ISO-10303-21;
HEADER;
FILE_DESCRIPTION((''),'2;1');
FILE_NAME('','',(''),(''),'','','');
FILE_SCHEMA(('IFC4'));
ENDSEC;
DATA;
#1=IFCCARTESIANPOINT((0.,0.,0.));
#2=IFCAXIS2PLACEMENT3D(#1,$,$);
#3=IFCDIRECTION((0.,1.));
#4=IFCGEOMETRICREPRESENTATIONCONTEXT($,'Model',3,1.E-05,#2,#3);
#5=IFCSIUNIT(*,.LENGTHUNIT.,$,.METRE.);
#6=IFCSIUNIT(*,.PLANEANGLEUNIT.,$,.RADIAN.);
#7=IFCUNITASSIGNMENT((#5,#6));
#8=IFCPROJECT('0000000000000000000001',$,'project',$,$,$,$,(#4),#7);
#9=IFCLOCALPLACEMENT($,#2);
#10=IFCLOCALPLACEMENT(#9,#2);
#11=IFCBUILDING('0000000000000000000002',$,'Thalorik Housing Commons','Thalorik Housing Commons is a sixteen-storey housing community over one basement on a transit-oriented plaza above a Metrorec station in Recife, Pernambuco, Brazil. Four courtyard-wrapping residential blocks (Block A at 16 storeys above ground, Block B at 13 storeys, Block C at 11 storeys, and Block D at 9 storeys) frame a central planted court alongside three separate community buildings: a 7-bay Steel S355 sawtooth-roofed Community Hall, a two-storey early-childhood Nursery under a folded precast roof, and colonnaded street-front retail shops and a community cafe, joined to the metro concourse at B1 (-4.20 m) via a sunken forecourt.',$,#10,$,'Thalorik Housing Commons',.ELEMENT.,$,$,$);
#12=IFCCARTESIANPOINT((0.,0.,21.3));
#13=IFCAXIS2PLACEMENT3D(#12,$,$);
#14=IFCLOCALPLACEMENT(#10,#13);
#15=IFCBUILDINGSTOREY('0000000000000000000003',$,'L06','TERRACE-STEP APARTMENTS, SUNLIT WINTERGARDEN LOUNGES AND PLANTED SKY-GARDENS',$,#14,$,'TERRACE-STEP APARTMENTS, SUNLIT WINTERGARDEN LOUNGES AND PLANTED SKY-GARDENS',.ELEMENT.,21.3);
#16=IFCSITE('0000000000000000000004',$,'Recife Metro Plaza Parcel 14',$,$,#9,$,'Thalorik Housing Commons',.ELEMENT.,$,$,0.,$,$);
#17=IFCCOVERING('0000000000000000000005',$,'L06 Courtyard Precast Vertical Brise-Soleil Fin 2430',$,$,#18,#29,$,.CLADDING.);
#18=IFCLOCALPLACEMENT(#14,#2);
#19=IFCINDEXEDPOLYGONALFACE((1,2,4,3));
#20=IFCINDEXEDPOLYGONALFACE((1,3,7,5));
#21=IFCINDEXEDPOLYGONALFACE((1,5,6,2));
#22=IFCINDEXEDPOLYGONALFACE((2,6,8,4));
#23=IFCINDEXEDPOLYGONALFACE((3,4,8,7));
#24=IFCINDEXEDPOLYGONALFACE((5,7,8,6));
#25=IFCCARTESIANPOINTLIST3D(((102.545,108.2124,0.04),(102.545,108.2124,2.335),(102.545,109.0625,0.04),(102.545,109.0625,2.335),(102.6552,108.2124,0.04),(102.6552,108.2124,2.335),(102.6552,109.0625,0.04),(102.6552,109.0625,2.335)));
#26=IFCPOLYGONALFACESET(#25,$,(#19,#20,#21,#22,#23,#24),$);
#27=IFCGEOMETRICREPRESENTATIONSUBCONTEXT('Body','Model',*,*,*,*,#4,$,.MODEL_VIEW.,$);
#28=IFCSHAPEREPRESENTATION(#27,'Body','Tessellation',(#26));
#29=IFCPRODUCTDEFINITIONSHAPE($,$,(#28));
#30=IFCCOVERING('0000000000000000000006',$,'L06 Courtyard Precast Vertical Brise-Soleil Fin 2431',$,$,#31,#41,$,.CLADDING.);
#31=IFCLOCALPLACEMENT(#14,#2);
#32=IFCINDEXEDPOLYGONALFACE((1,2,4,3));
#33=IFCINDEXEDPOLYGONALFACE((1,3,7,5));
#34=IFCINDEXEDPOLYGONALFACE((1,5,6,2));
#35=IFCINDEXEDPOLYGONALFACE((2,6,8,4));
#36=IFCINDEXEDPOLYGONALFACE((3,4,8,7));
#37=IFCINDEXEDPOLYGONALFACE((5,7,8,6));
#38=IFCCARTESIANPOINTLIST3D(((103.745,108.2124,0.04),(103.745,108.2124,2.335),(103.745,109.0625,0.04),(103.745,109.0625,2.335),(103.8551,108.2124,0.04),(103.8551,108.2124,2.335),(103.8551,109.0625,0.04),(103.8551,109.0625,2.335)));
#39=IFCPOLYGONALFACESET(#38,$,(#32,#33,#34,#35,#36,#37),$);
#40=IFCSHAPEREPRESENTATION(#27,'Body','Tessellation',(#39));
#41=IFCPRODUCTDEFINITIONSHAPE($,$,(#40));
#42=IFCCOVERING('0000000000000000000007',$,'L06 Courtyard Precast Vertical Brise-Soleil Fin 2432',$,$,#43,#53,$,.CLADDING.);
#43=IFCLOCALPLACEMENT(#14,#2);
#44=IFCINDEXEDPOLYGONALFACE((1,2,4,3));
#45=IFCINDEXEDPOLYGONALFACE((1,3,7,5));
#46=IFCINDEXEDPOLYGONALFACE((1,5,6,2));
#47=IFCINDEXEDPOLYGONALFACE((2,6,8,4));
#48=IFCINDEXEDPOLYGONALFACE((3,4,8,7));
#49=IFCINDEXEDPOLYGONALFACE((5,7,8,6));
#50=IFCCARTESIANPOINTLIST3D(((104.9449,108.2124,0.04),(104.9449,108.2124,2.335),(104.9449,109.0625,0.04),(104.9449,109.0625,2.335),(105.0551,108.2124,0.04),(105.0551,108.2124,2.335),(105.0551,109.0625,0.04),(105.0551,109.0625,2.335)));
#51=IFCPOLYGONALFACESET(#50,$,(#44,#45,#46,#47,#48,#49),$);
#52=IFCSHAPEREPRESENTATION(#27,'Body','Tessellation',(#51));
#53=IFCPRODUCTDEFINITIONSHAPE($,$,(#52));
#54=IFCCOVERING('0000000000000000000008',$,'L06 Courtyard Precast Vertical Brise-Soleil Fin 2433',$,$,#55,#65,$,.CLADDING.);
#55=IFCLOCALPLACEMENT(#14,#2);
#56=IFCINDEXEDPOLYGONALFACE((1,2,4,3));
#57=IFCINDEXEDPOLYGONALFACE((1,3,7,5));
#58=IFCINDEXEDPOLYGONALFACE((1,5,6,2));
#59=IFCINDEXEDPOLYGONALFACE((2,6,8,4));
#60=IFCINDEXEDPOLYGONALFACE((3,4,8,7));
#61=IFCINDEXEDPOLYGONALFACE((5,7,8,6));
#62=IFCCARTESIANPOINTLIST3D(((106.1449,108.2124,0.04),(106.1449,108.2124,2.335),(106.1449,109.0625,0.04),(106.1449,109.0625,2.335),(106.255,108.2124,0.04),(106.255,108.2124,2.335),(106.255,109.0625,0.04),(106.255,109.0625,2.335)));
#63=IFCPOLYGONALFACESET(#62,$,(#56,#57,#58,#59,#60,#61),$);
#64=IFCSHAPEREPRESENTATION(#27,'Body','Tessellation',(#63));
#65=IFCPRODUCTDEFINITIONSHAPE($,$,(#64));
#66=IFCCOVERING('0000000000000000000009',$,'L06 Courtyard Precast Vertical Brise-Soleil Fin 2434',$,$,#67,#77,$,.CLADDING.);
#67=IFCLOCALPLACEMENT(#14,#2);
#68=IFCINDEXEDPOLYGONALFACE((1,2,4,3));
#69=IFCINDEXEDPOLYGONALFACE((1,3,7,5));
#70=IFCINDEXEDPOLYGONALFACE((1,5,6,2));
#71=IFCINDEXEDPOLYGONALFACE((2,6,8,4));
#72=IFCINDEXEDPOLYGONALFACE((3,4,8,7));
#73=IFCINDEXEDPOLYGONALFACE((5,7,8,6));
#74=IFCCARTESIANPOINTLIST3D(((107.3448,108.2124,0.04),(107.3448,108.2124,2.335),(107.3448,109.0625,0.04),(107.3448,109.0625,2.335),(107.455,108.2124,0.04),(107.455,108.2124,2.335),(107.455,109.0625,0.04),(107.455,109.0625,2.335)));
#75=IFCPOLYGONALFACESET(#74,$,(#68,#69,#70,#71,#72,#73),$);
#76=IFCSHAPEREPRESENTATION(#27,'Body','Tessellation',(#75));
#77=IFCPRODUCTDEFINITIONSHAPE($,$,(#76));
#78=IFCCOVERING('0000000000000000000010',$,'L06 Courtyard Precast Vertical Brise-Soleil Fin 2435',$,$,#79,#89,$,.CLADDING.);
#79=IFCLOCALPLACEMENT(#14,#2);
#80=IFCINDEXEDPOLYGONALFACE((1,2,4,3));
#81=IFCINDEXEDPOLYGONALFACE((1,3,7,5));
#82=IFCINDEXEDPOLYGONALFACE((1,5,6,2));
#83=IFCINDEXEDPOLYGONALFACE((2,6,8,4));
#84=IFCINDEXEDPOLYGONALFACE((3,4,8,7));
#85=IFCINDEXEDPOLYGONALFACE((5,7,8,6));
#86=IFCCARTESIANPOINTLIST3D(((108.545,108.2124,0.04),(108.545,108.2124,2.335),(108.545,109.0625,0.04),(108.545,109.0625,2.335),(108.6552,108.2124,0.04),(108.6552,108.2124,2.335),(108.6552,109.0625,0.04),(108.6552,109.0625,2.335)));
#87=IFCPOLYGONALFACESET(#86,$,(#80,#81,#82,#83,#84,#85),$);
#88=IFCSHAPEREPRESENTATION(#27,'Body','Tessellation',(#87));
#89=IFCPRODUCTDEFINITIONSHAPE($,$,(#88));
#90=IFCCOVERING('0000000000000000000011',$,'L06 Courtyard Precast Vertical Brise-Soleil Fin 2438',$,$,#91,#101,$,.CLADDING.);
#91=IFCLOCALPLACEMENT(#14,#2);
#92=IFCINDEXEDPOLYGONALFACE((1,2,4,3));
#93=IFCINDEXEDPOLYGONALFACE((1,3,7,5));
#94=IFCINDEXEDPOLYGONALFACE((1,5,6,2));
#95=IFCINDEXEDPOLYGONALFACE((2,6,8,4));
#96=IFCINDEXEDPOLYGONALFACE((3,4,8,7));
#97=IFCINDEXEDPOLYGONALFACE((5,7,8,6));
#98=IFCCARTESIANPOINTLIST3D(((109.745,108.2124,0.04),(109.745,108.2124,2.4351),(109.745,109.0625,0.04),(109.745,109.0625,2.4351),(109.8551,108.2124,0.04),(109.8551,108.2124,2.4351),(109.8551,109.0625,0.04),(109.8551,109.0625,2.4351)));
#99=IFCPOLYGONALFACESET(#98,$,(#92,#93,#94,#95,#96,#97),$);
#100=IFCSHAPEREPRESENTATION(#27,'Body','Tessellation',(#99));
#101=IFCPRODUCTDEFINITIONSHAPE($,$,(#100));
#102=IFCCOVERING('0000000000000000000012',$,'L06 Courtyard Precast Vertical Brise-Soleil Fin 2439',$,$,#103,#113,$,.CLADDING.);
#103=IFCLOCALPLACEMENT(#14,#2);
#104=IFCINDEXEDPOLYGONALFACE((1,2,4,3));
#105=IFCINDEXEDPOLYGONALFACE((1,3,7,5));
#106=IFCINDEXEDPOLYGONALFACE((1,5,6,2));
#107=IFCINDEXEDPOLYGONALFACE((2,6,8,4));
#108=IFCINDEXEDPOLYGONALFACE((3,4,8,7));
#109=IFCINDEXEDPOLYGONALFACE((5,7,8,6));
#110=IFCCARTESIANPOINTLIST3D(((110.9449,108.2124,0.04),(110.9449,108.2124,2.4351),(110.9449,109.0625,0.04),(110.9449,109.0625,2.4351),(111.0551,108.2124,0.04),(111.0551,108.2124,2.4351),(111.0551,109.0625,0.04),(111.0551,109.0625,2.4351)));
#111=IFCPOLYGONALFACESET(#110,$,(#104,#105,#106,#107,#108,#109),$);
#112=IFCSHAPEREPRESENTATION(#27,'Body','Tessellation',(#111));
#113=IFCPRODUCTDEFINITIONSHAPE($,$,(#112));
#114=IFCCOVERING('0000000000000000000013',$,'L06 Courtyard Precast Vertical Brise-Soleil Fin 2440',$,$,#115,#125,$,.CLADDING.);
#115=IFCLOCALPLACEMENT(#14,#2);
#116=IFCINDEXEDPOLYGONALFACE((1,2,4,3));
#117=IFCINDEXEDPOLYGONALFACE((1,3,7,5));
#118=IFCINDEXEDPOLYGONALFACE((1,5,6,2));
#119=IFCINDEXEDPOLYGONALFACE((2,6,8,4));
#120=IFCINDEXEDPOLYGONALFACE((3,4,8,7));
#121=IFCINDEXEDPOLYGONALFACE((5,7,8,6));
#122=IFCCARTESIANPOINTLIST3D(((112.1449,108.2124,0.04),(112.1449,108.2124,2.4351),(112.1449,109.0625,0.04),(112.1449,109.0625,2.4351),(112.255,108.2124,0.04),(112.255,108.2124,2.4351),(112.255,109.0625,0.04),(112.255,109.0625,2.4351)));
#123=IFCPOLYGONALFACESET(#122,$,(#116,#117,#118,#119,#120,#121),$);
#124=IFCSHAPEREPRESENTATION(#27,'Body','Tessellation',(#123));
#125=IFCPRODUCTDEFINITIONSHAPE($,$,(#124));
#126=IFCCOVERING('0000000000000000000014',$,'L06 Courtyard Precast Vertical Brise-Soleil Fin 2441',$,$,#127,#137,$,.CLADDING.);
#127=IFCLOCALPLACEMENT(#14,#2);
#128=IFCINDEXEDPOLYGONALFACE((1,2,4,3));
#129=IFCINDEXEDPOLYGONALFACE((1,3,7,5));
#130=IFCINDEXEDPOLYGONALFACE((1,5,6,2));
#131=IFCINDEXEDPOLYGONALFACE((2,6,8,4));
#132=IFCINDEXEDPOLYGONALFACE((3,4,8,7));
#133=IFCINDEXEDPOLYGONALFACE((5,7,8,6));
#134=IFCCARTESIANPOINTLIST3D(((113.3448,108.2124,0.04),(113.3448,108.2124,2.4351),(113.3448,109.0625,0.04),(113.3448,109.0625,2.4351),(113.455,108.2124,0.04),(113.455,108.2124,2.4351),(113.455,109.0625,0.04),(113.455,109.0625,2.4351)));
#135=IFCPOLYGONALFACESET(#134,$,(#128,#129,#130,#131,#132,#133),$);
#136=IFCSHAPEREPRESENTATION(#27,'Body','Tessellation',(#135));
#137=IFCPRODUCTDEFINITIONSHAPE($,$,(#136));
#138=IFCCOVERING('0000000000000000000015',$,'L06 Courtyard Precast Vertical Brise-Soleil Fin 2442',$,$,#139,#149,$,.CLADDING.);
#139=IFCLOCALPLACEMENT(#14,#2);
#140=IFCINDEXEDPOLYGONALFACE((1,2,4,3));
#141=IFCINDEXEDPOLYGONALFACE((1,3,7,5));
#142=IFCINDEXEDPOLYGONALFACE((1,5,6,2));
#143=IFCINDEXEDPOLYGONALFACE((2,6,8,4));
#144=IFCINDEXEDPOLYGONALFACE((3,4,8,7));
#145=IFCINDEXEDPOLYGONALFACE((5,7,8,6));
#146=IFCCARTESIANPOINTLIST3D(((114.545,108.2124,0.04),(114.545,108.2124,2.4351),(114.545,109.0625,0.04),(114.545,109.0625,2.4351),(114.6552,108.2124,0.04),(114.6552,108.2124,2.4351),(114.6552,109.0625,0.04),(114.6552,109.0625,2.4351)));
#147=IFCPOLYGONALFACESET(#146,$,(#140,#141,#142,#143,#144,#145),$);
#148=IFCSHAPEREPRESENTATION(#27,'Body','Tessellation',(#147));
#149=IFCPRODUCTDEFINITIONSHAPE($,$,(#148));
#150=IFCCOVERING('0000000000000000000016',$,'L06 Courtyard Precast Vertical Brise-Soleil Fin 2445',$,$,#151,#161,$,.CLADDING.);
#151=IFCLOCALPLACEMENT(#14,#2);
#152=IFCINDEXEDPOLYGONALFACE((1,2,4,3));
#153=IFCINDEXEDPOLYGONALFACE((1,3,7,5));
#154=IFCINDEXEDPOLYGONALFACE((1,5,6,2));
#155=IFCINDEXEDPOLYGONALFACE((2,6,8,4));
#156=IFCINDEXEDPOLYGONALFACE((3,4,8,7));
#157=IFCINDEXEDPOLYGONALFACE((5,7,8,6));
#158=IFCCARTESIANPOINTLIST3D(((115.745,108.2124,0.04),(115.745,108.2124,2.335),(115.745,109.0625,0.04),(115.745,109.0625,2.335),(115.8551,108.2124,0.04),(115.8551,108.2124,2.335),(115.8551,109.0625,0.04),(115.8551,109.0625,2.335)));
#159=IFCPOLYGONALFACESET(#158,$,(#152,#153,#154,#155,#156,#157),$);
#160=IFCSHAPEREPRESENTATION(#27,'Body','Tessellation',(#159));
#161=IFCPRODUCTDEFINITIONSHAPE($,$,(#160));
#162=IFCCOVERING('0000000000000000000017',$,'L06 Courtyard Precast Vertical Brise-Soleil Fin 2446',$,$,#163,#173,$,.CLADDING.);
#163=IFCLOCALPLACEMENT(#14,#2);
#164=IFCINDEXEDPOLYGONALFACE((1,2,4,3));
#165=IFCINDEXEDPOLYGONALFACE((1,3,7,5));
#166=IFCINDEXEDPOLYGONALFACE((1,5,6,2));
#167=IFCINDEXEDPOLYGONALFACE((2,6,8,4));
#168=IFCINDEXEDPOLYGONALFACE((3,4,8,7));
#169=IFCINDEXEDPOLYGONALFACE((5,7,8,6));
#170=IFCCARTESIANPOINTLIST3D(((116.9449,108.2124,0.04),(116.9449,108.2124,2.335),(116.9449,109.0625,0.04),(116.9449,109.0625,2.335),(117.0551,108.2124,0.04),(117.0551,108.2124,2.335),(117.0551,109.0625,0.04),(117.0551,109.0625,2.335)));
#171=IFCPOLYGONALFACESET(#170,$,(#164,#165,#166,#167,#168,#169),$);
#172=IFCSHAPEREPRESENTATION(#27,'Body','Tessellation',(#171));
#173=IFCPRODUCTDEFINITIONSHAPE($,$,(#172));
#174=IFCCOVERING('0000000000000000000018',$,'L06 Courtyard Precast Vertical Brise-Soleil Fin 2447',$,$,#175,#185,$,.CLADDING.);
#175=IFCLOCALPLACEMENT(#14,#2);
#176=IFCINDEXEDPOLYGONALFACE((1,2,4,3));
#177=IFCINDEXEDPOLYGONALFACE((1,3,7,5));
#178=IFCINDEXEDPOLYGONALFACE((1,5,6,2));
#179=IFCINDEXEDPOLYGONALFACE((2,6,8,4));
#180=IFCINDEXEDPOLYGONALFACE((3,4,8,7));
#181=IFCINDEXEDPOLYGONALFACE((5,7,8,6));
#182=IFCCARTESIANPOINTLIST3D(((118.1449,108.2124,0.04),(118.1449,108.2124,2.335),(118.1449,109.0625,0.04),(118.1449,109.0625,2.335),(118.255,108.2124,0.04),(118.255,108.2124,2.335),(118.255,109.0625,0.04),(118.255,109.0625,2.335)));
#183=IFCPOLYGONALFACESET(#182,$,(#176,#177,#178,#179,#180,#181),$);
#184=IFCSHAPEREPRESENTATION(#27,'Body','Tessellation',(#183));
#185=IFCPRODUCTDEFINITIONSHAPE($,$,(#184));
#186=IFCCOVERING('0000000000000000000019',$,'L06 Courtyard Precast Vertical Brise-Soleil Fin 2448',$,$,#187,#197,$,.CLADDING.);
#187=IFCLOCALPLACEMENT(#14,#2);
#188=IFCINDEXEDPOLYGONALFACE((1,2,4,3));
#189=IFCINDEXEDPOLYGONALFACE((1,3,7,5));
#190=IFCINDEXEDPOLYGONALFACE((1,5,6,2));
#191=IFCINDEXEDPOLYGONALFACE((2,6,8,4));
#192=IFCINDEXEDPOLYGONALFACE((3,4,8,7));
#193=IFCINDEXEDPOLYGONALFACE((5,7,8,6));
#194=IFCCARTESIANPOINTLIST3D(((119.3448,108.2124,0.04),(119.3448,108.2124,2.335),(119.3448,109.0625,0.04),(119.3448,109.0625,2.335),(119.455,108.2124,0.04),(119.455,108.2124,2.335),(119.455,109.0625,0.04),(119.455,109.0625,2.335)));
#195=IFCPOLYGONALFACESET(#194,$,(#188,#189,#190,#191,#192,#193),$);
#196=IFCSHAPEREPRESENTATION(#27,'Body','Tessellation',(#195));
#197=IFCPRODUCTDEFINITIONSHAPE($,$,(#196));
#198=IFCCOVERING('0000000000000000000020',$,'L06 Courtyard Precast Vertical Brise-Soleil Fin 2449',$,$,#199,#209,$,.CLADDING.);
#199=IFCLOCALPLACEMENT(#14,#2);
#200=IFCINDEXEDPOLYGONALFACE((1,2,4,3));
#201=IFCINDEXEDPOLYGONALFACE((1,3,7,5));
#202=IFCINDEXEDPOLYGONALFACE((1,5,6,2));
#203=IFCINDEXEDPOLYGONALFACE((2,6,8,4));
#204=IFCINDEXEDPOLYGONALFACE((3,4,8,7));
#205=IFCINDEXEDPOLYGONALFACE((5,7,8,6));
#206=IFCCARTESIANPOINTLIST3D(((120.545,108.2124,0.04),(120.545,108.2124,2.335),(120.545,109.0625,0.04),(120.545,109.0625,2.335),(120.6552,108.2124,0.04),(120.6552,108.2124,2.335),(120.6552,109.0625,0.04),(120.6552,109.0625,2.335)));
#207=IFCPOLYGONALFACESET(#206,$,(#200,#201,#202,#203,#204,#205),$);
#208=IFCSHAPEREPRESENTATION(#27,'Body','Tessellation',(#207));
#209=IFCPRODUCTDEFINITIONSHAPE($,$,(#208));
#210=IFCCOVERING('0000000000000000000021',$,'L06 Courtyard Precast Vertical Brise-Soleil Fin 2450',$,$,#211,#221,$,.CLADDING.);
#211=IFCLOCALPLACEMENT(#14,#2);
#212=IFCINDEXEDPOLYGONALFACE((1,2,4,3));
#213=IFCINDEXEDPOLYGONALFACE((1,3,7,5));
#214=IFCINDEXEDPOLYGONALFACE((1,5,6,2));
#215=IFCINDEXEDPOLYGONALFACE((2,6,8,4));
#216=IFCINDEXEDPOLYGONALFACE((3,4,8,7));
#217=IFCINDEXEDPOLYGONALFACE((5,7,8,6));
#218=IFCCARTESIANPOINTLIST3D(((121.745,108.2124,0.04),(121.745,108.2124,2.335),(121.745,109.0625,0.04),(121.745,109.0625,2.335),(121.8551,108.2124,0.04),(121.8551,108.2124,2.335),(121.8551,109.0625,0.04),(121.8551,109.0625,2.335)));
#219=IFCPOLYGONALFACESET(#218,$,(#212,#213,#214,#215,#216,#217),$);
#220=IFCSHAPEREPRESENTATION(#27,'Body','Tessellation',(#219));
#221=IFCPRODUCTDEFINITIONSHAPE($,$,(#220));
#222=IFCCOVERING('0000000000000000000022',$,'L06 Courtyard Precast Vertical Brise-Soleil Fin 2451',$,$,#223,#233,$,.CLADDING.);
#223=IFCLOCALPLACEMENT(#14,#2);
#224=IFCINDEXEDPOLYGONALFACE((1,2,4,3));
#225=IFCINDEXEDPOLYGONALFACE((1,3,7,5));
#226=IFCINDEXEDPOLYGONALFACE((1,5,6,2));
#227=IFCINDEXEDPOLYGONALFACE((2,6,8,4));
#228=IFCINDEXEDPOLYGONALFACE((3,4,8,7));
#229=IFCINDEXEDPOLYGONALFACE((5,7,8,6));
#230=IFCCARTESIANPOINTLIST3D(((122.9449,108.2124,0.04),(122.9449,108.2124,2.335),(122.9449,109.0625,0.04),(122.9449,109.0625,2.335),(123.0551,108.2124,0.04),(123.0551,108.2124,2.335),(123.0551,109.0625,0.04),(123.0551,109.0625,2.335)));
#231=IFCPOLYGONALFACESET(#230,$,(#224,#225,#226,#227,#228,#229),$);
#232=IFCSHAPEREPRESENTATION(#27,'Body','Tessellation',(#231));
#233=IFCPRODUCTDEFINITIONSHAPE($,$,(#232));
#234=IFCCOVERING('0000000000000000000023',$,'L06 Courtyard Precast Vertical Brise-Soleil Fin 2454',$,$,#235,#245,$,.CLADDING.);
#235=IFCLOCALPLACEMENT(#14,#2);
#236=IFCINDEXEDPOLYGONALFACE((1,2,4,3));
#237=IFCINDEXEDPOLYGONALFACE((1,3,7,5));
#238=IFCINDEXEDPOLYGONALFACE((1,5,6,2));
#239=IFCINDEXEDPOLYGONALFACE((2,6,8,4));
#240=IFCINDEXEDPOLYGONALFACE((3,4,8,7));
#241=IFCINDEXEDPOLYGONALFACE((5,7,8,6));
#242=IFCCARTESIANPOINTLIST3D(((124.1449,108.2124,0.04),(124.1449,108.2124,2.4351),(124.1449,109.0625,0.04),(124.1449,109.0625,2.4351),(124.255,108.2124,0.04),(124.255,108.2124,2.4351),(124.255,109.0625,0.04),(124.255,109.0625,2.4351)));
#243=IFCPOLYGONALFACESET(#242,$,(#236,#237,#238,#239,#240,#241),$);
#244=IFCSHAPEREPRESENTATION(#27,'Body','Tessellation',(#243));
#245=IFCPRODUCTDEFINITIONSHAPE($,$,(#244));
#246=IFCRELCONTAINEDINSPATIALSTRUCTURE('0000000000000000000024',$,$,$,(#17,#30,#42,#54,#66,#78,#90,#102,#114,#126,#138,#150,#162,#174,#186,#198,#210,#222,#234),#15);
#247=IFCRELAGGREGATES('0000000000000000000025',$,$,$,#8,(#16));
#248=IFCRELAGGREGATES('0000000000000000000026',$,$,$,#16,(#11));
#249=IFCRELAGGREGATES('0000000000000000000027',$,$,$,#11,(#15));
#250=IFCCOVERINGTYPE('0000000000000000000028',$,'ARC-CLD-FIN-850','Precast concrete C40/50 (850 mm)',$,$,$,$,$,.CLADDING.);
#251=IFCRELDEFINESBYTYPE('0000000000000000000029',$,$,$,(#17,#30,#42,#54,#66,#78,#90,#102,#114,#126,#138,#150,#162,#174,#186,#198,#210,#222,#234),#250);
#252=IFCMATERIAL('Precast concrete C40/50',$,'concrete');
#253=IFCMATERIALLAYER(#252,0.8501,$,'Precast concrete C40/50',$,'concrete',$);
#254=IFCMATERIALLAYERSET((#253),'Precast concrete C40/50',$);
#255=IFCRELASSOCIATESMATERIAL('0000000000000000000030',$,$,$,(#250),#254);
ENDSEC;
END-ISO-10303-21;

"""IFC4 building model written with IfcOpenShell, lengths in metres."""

from ifc_helpers import new_model, si_unit, direction, frame, origin, origin_2d, place, context, subcontext, project, spatial, rectangle, extrude, material, layer, layer_set, type_object, element, save


model = new_model("IFC4")

# Units and contexts
model_context = context("Model", 3, precision=1e-05, world=origin(), true_north=direction((0.0, 1.0)))
body_context = subcontext(model_context, "Body", "Model", "MODEL_VIEW")
ifc_project = project(units=[si_unit("LENGTHUNIT", "METRE"), si_unit("PLANEANGLEUNIT", "RADIAN")], contexts=[model_context])

# Site, building, storey
site_placement = place(None, origin())
site = spatial("IfcSite", under=ifc_project, at=site_placement, Name="Recife Metro Plaza Parcel 14", LongName="Thalorik Housing Commons", CompositionType="ELEMENT", RefElevation=0.0)
building_placement = place(site_placement, origin())
building = spatial("IfcBuilding", under=site, at=building_placement, Name="Thalorik Housing Commons", Description="Thalorik Housing Commons is a sixteen-storey housing community over one basement on a transit-oriented plaza above a Metrorec station in Recife, Pernambuco, Brazil. Four courtyard-wrapping residential blocks (Block A at 16 storeys above ground, Block B at 13 storeys, Block C at 11 storeys, and Block D at 9 storeys) frame a central planted court alongside three separate community buildings: a 7-bay Steel S355 sawtooth-roofed Community Hall, a two-storey early-childhood Nursery under a folded precast roof, and colonnaded street-front retail shops and a community cafe, joined to the metro concourse at B1 (-4.20 m) via a sunken forecourt.", LongName="Thalorik Housing Commons", CompositionType="ELEMENT")
storey_placement = place(building_placement, frame((0.0, 0.0, 21.3)))
storey = spatial("IfcBuildingStorey", under=building, at=storey_placement, Name="L06", Description="TERRACE-STEP APARTMENTS, SUNLIT WINTERGARDEN LOUNGES AND PLANTED SKY-GARDENS", LongName="TERRACE-STEP APARTMENTS, SUNLIT WINTERGARDEN LOUNGES AND PLANTED SKY-GARDENS", CompositionType="ELEMENT", Elevation=21.3)

# Coverings
ifc_material = material(Name="Precast concrete C40/50", Category="concrete")
ifc_layer_1 = layer(ifc_material, 0.8501, Name="Precast concrete C40/50", Category="concrete")
ifc_layer_set_1 = layer_set([ifc_layer_1], Name="Precast concrete C40/50")
covering_type_1 = type_object("IfcCoveringType", Name="ARC-CLD-FIN-850", Description="Precast concrete C40/50 (850 mm)", PredefinedType="CLADDING", material=ifc_layer_set_1)
for number, where, z_axis, x_axis, name in (
    (1, (102.6001, 108.6375, 0.04), (0.0, 0.0, 1.0), (1.0, 0.0, 0.0), "L06 Courtyard Precast Vertical Brise-Soleil Fin 2430"),
    (2, (103.8, 108.6375, 0.04), (0.0, 0.0, 1.0), (1.0, 0.0, 0.0), "L06 Courtyard Precast Vertical Brise-Soleil Fin 2431"),
    (3, (105.0, 108.6375, 0.04), (0.0, 0.0, 1.0), (1.0, 0.0, 0.0), "L06 Courtyard Precast Vertical Brise-Soleil Fin 2432"),
    (4, (106.2, 108.6375, 0.04), (0.0, 0.0, 1.0), (1.0, 0.0, 0.0), "L06 Courtyard Precast Vertical Brise-Soleil Fin 2433"),
    (5, (107.3999, 108.6375, 0.04), (0.0, 0.0, 1.0), (1.0, 0.0, 0.0), "L06 Courtyard Precast Vertical Brise-Soleil Fin 2434"),
    (6, (108.6001, 108.6375, 0.04), (0.0, 0.0, 1.0), (1.0, 0.0, 0.0), "L06 Courtyard Precast Vertical Brise-Soleil Fin 2435"),
):
    element("IfcCovering", number, at=place(storey_placement, frame(where, z_axis=z_axis, x_axis=x_axis)), inside=storey, type_object=covering_type_1, Name=name, PredefinedType="CLADDING", context=body_context, shape_type="SweptSolid", body=[
        extrude(rectangle(XDim=0.1101, YDim=0.8501, at=origin_2d()), origin(), (0.0, 0.0, 1.0), 2.2949),
    ])
for number, where, z_axis, x_axis, name in (
    (7, (109.8, 108.6375, 0.04), (0.0, 0.0, 1.0), (1.0, 0.0, 0.0), "L06 Courtyard Precast Vertical Brise-Soleil Fin 2438"),
    (8, (111.0, 108.6375, 0.04), (0.0, 0.0, 1.0), (1.0, 0.0, 0.0), "L06 Courtyard Precast Vertical Brise-Soleil Fin 2439"),
    (9, (112.2, 108.6375, 0.04), (0.0, 0.0, 1.0), (1.0, 0.0, 0.0), "L06 Courtyard Precast Vertical Brise-Soleil Fin 2440"),
    (10, (113.3999, 108.6375, 0.04), (0.0, 0.0, 1.0), (1.0, 0.0, 0.0), "L06 Courtyard Precast Vertical Brise-Soleil Fin 2441"),
    (11, (114.6001, 108.6375, 0.04), (0.0, 0.0, 1.0), (1.0, 0.0, 0.0), "L06 Courtyard Precast Vertical Brise-Soleil Fin 2442"),
):
    element("IfcCovering", number, at=place(storey_placement, frame(where, z_axis=z_axis, x_axis=x_axis)), inside=storey, type_object=covering_type_1, Name=name, PredefinedType="CLADDING", context=body_context, shape_type="SweptSolid", body=[
        extrude(rectangle(XDim=0.1101, YDim=0.8501, at=origin_2d()), origin(), (0.0, 0.0, 1.0), 2.395),
    ])
for number, where, z_axis, x_axis, name in (
    (12, (115.8, 108.6375, 0.04), (0.0, 0.0, 1.0), (1.0, 0.0, 0.0), "L06 Courtyard Precast Vertical Brise-Soleil Fin 2445"),
    (13, (117.0, 108.6375, 0.04), (0.0, 0.0, 1.0), (1.0, 0.0, 0.0), "L06 Courtyard Precast Vertical Brise-Soleil Fin 2446"),
    (14, (118.2, 108.6375, 0.04), (0.0, 0.0, 1.0), (1.0, 0.0, 0.0), "L06 Courtyard Precast Vertical Brise-Soleil Fin 2447"),
    (15, (119.3999, 108.6375, 0.04), (0.0, 0.0, 1.0), (1.0, 0.0, 0.0), "L06 Courtyard Precast Vertical Brise-Soleil Fin 2448"),
    (16, (120.6001, 108.6375, 0.04), (0.0, 0.0, 1.0), (1.0, 0.0, 0.0), "L06 Courtyard Precast Vertical Brise-Soleil Fin 2449"),
    (17, (121.8, 108.6375, 0.04), (0.0, 0.0, 1.0), (1.0, 0.0, 0.0), "L06 Courtyard Precast Vertical Brise-Soleil Fin 2450"),
    (18, (123.0, 108.6375, 0.04), (0.0, 0.0, 1.0), (1.0, 0.0, 0.0), "L06 Courtyard Precast Vertical Brise-Soleil Fin 2451"),
):
    element("IfcCovering", number, at=place(storey_placement, frame(where, z_axis=z_axis, x_axis=x_axis)), inside=storey, type_object=covering_type_1, Name=name, PredefinedType="CLADDING", context=body_context, shape_type="SweptSolid", body=[
        extrude(rectangle(XDim=0.1101, YDim=0.8501, at=origin_2d()), origin(), (0.0, 0.0, 1.0), 2.2949),
    ])
covering_1_placement = place(storey_placement, frame((124.2, 108.6375, 0.04), z_axis=(0.0, 0.0, 1.0), x_axis=(1.0, 0.0, 0.0)))
element("IfcCovering", 19, at=covering_1_placement, inside=storey, type_object=covering_type_1, Name="L06 Courtyard Precast Vertical Brise-Soleil Fin 2454", PredefinedType="CLADDING", context=body_context, shape_type="SweptSolid", body=[
    extrude(rectangle(XDim=0.1101, YDim=0.8501, at=origin_2d()), origin(), (0.0, 0.0, 1.0), 2.395),
])

save(model, "model.ifc")
